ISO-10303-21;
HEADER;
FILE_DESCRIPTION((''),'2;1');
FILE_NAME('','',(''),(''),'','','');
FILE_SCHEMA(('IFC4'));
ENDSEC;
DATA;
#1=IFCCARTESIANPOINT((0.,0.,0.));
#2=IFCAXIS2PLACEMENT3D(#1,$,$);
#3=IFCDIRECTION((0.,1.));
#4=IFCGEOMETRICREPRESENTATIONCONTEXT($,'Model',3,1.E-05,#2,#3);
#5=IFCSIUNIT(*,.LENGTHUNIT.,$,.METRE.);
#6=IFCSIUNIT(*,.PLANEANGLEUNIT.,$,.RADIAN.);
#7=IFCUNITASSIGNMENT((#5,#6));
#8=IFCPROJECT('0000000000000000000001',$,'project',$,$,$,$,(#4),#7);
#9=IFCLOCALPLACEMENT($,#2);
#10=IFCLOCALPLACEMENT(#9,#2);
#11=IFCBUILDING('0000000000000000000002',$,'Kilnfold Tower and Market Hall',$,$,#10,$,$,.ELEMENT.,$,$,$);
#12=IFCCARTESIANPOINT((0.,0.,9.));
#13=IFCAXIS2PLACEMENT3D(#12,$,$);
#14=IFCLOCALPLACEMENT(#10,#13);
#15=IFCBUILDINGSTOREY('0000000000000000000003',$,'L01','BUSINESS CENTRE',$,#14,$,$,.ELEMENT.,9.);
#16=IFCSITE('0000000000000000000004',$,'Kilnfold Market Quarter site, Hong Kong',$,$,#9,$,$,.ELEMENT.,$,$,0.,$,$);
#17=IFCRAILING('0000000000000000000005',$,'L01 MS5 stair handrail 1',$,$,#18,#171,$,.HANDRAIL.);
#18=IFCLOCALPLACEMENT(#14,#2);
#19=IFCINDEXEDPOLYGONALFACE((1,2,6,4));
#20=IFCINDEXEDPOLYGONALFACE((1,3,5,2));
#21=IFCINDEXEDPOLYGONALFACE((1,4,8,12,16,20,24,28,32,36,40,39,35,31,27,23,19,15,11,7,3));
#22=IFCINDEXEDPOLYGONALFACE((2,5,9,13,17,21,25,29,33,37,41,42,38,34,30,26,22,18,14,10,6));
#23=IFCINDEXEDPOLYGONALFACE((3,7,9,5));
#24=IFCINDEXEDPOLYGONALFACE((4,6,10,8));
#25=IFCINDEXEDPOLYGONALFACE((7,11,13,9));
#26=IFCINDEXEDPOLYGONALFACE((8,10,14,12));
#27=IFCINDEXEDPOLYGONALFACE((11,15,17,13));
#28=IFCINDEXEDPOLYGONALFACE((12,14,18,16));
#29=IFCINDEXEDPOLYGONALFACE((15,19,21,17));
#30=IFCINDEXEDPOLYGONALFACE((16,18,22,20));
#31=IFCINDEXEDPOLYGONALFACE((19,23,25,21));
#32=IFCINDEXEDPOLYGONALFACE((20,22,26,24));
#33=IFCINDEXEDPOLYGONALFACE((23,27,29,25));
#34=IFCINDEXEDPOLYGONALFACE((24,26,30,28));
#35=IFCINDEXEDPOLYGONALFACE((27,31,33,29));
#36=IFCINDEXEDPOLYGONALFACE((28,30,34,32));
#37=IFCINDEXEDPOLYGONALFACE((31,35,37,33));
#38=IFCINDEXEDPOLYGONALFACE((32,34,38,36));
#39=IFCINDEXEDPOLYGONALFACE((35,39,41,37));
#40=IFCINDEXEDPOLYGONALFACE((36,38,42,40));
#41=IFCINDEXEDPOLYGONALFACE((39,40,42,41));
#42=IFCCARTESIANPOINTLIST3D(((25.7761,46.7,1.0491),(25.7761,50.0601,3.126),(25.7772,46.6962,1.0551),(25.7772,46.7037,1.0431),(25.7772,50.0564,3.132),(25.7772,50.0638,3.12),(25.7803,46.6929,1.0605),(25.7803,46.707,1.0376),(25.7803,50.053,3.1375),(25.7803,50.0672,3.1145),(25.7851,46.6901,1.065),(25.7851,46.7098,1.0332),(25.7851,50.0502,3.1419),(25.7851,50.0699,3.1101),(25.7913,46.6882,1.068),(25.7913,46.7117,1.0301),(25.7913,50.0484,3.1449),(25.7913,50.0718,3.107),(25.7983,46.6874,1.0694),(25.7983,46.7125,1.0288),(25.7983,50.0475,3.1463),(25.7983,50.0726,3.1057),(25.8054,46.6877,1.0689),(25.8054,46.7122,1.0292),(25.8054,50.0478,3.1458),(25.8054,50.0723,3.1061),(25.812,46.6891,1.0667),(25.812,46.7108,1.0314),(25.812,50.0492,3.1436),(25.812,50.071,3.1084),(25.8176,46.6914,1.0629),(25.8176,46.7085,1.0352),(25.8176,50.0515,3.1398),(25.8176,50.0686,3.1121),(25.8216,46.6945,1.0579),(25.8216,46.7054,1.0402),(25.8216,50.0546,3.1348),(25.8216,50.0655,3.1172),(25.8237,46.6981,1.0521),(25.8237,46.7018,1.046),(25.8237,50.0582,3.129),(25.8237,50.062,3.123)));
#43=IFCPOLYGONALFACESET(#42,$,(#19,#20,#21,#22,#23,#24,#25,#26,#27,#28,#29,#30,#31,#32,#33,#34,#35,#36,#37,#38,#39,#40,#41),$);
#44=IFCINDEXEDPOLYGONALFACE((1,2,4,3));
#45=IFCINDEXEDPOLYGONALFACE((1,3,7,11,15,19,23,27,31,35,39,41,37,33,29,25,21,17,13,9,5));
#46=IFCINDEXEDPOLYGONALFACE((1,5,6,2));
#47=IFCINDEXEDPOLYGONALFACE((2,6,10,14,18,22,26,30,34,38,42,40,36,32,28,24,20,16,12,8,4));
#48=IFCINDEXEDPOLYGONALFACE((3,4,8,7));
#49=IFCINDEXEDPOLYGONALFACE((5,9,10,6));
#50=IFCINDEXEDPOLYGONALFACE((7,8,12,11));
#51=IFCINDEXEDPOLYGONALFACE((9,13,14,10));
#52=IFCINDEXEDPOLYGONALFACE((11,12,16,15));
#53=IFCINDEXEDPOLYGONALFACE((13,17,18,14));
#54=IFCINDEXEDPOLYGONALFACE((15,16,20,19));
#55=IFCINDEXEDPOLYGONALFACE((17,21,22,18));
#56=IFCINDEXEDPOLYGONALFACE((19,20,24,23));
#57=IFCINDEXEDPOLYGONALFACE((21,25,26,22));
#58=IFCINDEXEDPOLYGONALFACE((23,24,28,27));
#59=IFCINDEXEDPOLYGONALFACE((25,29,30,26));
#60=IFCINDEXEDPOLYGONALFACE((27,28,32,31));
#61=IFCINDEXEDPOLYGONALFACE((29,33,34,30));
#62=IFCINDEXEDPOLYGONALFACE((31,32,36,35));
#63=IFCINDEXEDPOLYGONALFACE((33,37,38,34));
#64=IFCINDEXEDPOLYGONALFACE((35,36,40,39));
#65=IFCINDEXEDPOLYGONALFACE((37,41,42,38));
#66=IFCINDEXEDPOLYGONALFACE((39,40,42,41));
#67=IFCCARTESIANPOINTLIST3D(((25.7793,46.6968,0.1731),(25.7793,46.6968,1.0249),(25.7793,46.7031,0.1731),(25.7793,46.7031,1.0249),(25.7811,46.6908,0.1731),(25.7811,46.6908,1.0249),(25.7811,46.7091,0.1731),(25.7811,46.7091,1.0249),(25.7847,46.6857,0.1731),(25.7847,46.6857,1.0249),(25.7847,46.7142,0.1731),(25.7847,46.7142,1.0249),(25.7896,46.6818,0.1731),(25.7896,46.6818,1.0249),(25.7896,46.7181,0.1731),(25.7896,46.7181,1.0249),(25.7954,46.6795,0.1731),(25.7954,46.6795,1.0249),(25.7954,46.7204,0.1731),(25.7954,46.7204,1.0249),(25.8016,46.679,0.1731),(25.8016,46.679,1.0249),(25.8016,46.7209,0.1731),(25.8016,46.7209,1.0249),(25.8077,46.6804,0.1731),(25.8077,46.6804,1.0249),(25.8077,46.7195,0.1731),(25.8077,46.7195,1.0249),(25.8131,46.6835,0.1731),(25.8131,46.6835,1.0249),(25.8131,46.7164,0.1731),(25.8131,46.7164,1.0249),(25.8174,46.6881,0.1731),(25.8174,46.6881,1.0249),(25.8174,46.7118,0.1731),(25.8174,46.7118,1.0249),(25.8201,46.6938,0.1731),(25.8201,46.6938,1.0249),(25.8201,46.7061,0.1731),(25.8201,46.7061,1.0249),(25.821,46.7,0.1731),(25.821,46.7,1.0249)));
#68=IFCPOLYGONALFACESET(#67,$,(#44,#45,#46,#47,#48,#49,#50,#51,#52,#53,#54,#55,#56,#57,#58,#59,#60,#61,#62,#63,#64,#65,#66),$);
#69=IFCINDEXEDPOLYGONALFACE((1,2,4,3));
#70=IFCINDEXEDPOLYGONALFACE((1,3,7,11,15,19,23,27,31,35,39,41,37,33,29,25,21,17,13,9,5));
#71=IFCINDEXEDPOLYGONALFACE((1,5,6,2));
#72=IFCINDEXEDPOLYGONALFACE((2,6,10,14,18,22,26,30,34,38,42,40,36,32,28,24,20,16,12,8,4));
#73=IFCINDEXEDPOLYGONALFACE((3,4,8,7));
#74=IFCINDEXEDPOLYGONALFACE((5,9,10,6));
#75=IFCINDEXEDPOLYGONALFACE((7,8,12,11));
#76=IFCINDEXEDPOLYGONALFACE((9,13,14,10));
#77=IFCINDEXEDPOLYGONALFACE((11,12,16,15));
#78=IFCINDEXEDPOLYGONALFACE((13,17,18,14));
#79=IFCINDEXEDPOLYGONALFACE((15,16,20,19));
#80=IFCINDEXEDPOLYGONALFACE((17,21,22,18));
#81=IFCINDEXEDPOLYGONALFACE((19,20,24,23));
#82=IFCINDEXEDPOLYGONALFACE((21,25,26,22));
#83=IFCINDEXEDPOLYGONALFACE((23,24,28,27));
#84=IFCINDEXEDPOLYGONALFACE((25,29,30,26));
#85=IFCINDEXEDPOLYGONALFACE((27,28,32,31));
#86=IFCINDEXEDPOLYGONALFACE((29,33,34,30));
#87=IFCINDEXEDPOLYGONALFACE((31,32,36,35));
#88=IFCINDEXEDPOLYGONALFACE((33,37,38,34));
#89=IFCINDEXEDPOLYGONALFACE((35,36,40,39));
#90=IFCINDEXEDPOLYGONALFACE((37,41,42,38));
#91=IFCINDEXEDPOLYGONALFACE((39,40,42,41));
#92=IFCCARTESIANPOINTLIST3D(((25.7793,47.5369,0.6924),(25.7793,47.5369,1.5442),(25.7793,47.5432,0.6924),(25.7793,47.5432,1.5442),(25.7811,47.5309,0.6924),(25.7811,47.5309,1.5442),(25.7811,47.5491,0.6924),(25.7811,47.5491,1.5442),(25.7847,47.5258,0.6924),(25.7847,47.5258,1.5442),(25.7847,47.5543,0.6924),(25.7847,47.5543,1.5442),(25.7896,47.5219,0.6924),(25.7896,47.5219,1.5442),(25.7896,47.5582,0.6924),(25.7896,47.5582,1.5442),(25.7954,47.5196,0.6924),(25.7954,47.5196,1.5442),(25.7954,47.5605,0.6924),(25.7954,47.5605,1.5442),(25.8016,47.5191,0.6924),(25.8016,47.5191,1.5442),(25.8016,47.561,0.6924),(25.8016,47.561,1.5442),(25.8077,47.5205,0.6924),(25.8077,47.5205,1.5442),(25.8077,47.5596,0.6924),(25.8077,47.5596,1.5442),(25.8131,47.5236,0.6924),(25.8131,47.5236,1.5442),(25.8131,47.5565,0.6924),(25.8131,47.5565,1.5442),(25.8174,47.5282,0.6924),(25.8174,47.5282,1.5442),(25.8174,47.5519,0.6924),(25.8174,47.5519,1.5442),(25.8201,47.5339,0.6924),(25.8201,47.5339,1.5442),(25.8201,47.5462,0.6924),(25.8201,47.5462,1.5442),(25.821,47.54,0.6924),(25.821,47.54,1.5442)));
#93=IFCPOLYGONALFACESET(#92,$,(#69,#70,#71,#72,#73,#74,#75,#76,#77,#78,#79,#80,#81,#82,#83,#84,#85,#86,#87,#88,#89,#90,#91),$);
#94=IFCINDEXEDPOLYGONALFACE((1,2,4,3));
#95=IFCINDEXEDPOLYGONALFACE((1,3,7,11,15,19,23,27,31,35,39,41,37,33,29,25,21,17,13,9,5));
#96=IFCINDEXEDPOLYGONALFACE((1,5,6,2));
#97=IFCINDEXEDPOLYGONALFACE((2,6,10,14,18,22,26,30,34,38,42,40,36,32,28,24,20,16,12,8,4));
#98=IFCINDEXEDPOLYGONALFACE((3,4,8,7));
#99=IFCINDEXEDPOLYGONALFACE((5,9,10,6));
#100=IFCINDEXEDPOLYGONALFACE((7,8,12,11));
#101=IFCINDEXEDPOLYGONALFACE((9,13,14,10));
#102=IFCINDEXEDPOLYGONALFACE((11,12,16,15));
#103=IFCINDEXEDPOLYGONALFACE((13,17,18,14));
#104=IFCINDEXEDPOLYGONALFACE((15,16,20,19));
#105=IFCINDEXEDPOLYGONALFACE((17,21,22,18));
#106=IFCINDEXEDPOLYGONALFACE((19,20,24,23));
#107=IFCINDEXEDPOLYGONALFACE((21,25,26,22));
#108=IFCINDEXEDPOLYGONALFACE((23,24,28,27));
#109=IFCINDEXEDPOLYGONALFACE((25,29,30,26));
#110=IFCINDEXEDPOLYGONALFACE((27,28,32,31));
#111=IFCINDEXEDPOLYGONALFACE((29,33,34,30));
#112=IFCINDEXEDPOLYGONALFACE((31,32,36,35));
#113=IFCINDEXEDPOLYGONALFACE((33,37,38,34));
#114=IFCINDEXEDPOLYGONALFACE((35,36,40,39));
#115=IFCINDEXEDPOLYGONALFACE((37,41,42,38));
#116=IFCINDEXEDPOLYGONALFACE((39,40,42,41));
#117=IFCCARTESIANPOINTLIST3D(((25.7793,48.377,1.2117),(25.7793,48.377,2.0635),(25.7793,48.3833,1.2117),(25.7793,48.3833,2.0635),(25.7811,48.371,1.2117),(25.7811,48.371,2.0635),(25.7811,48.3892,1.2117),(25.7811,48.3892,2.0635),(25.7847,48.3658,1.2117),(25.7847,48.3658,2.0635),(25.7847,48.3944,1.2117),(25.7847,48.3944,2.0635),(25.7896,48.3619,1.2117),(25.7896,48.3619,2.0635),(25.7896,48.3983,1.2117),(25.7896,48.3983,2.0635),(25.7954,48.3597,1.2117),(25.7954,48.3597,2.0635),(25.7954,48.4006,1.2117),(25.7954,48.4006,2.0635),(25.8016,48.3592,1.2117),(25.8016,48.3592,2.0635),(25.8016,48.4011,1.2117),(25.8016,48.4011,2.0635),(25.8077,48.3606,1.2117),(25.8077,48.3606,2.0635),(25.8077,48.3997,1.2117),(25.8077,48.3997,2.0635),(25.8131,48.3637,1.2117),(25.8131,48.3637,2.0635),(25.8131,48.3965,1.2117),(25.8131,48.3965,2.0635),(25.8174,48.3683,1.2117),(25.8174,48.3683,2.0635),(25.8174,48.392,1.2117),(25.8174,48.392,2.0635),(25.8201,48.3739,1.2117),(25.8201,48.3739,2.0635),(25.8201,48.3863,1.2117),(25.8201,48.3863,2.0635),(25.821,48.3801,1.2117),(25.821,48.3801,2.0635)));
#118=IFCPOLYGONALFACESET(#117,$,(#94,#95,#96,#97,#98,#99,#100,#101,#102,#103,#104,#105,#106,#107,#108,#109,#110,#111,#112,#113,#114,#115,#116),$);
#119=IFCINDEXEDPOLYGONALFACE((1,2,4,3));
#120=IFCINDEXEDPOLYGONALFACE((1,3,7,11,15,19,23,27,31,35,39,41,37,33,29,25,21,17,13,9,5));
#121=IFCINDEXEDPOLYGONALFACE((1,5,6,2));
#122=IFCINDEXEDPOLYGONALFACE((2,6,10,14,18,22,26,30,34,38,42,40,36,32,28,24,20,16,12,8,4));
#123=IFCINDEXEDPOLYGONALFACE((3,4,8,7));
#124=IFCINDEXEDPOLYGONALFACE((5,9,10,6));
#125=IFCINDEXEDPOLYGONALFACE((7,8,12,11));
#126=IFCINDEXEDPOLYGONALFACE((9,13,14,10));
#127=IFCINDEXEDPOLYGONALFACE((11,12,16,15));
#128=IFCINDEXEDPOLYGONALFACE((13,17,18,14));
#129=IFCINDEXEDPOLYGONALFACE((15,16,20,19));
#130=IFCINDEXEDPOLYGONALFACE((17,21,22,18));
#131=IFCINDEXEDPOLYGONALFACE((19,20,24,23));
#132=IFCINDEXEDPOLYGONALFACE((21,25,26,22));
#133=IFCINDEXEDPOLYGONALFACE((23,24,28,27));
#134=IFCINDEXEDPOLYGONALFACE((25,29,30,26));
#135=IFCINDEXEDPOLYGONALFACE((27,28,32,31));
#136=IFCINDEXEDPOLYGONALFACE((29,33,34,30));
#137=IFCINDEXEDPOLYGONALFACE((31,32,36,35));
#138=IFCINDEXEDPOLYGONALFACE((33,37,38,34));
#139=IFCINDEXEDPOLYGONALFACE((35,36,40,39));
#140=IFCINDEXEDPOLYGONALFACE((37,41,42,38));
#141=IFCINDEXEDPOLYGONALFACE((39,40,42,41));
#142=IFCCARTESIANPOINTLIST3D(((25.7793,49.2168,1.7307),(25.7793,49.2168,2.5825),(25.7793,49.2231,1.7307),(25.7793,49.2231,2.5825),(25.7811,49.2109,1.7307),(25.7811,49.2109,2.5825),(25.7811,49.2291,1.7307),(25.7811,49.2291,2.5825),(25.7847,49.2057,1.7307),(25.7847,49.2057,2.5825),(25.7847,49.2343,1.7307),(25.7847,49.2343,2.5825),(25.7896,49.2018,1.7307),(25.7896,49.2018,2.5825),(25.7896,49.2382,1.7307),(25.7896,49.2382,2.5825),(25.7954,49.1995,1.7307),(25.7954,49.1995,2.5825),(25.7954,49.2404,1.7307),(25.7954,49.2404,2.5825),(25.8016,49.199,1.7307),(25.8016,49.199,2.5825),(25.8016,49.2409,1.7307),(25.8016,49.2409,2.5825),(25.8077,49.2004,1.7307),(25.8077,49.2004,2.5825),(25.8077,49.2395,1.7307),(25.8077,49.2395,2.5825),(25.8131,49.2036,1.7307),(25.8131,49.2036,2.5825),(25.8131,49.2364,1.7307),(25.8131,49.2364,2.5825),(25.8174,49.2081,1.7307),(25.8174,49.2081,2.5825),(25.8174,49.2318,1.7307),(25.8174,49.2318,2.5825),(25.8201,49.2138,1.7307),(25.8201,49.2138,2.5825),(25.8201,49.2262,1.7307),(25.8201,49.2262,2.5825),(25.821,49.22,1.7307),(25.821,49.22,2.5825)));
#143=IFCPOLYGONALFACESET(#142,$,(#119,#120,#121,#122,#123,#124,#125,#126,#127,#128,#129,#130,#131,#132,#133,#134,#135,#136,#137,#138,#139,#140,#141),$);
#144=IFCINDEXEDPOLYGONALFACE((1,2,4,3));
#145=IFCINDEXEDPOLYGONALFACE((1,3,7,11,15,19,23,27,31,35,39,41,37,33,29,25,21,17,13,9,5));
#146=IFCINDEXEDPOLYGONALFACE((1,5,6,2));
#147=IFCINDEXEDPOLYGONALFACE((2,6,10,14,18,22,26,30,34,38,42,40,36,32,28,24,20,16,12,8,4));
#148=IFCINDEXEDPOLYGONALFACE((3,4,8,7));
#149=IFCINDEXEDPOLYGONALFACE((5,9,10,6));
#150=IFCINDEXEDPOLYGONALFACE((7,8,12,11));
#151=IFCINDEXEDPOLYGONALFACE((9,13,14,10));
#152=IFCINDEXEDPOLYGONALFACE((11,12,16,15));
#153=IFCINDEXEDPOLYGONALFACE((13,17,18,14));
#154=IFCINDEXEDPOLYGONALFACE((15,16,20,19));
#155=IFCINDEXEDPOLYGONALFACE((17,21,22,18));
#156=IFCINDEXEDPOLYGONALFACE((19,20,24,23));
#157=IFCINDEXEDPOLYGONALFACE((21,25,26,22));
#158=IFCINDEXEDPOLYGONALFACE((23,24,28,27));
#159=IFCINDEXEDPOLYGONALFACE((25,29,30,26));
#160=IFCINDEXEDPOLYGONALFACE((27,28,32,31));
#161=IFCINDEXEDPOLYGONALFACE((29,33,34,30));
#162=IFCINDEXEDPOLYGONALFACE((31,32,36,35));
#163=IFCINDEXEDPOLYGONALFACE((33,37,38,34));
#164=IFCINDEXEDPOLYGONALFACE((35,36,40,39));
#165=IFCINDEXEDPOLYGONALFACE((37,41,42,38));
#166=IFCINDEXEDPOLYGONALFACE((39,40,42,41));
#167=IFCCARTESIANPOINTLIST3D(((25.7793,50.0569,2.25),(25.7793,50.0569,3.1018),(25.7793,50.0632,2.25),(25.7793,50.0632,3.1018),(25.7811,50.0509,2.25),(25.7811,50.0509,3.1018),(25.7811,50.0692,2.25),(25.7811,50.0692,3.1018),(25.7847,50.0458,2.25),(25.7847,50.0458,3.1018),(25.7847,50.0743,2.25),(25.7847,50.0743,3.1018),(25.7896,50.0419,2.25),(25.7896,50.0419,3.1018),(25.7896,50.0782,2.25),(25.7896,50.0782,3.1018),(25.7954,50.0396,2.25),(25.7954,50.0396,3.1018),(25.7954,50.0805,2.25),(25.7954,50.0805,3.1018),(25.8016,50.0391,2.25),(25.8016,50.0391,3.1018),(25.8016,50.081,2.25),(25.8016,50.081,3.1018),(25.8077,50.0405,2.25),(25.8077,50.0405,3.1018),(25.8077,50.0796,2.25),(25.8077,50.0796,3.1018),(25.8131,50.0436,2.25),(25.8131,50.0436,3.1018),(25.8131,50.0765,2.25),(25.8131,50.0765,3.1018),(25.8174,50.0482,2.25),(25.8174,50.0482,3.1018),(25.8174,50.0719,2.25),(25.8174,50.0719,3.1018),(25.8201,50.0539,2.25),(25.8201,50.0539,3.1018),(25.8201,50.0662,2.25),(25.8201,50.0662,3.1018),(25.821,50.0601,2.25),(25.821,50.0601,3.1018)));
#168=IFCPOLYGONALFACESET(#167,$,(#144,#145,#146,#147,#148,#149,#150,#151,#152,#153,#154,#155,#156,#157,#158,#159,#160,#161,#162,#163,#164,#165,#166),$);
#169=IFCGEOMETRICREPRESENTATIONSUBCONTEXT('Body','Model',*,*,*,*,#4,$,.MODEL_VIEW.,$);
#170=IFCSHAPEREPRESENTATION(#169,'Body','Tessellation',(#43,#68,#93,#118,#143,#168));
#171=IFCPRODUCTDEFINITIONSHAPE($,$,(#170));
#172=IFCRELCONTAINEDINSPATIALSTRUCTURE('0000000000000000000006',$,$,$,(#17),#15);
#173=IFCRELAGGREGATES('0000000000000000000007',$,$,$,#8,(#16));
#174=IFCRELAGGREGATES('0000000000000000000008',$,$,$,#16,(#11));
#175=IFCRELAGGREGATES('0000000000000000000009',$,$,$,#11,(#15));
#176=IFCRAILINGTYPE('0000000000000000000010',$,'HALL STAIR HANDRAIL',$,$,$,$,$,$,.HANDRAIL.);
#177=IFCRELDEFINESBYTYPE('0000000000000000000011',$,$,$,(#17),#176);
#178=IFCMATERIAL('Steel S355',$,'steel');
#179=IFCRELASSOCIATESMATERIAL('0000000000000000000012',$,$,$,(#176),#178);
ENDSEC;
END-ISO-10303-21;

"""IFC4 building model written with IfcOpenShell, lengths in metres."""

from ifc_helpers import new_model, si_unit, direction, frame, origin, origin_2d, place, context, subcontext, project, spatial, circle, extrude, material, type_object, element, save


model = new_model("IFC4")

# Units and contexts
model_context = context("Model", 3, precision=1e-05, world=origin(), true_north=direction((0.0, 1.0)))
body_context = subcontext(model_context, "Body", "Model", "MODEL_VIEW")
ifc_project = project(units=[si_unit("LENGTHUNIT", "METRE"), si_unit("PLANEANGLEUNIT", "RADIAN")], contexts=[model_context])

# Site, building, storey
site_placement = place(None, origin())
site = spatial("IfcSite", under=ifc_project, at=site_placement, Name="Kilnfold Market Quarter site, Hong Kong", CompositionType="ELEMENT", RefElevation=0.0)
building_placement = place(site_placement, origin())
building = spatial("IfcBuilding", under=site, at=building_placement, Name="Kilnfold Tower and Market Hall", CompositionType="ELEMENT")
storey_placement = place(building_placement, frame((0.0, 0.0, 9.0)))
storey = spatial("IfcBuildingStorey", under=building, at=storey_placement, Name="L01", Description="BUSINESS CENTRE", CompositionType="ELEMENT", Elevation=9.0)

# Railing
ifc_material_1 = material(Name="Steel S355", Category="steel")
railing_type_1 = type_object("IfcRailingType", Name="HALL STAIR HANDRAIL", PredefinedType="HANDRAIL", material=ifc_material_1)
railing_1_placement = place(storey_placement, frame((25.8, 46.7, 0.1731)))
element("IfcRailing", 1, at=railing_1_placement, inside=storey, type_object=railing_type_1, Name="L01 MS5 stair handrail 1", PredefinedType="HANDRAIL", context=body_context, shape_type="SweptSolid", body=[
    extrude(circle(Radius=0.0239, at=origin_2d()), frame((0.0, 0.0, 0.876), z_axis=(0.0, 0.850623, 0.525776), x_axis=(-1.0, 0.0, 0.0)), (0.0, 0.0, 1.0), 3.9502),
    extrude(circle(Radius=0.021, at=origin_2d()), origin(), (0.0, 0.0, 1.0), 0.8518),
    extrude(circle(Radius=0.021, at=origin_2d()), frame((0.0, 0.8401, 0.5193)), (0.0, 0.0, 1.0), 0.8518),
    extrude(circle(Radius=0.021, at=origin_2d()), frame((0.0, 1.6802, 1.0386)), (0.0, 0.0, 1.0), 0.8518),
    extrude(circle(Radius=0.021, at=origin_2d()), frame((0.0, 2.52, 1.5576)), (0.0, 0.0, 1.0), 0.8518),
    extrude(circle(Radius=0.021, at=origin_2d()), frame((0.0, 3.3601, 2.0769)), (0.0, 0.0, 1.0), 0.8518),
])

save(model, "model.ifc")
